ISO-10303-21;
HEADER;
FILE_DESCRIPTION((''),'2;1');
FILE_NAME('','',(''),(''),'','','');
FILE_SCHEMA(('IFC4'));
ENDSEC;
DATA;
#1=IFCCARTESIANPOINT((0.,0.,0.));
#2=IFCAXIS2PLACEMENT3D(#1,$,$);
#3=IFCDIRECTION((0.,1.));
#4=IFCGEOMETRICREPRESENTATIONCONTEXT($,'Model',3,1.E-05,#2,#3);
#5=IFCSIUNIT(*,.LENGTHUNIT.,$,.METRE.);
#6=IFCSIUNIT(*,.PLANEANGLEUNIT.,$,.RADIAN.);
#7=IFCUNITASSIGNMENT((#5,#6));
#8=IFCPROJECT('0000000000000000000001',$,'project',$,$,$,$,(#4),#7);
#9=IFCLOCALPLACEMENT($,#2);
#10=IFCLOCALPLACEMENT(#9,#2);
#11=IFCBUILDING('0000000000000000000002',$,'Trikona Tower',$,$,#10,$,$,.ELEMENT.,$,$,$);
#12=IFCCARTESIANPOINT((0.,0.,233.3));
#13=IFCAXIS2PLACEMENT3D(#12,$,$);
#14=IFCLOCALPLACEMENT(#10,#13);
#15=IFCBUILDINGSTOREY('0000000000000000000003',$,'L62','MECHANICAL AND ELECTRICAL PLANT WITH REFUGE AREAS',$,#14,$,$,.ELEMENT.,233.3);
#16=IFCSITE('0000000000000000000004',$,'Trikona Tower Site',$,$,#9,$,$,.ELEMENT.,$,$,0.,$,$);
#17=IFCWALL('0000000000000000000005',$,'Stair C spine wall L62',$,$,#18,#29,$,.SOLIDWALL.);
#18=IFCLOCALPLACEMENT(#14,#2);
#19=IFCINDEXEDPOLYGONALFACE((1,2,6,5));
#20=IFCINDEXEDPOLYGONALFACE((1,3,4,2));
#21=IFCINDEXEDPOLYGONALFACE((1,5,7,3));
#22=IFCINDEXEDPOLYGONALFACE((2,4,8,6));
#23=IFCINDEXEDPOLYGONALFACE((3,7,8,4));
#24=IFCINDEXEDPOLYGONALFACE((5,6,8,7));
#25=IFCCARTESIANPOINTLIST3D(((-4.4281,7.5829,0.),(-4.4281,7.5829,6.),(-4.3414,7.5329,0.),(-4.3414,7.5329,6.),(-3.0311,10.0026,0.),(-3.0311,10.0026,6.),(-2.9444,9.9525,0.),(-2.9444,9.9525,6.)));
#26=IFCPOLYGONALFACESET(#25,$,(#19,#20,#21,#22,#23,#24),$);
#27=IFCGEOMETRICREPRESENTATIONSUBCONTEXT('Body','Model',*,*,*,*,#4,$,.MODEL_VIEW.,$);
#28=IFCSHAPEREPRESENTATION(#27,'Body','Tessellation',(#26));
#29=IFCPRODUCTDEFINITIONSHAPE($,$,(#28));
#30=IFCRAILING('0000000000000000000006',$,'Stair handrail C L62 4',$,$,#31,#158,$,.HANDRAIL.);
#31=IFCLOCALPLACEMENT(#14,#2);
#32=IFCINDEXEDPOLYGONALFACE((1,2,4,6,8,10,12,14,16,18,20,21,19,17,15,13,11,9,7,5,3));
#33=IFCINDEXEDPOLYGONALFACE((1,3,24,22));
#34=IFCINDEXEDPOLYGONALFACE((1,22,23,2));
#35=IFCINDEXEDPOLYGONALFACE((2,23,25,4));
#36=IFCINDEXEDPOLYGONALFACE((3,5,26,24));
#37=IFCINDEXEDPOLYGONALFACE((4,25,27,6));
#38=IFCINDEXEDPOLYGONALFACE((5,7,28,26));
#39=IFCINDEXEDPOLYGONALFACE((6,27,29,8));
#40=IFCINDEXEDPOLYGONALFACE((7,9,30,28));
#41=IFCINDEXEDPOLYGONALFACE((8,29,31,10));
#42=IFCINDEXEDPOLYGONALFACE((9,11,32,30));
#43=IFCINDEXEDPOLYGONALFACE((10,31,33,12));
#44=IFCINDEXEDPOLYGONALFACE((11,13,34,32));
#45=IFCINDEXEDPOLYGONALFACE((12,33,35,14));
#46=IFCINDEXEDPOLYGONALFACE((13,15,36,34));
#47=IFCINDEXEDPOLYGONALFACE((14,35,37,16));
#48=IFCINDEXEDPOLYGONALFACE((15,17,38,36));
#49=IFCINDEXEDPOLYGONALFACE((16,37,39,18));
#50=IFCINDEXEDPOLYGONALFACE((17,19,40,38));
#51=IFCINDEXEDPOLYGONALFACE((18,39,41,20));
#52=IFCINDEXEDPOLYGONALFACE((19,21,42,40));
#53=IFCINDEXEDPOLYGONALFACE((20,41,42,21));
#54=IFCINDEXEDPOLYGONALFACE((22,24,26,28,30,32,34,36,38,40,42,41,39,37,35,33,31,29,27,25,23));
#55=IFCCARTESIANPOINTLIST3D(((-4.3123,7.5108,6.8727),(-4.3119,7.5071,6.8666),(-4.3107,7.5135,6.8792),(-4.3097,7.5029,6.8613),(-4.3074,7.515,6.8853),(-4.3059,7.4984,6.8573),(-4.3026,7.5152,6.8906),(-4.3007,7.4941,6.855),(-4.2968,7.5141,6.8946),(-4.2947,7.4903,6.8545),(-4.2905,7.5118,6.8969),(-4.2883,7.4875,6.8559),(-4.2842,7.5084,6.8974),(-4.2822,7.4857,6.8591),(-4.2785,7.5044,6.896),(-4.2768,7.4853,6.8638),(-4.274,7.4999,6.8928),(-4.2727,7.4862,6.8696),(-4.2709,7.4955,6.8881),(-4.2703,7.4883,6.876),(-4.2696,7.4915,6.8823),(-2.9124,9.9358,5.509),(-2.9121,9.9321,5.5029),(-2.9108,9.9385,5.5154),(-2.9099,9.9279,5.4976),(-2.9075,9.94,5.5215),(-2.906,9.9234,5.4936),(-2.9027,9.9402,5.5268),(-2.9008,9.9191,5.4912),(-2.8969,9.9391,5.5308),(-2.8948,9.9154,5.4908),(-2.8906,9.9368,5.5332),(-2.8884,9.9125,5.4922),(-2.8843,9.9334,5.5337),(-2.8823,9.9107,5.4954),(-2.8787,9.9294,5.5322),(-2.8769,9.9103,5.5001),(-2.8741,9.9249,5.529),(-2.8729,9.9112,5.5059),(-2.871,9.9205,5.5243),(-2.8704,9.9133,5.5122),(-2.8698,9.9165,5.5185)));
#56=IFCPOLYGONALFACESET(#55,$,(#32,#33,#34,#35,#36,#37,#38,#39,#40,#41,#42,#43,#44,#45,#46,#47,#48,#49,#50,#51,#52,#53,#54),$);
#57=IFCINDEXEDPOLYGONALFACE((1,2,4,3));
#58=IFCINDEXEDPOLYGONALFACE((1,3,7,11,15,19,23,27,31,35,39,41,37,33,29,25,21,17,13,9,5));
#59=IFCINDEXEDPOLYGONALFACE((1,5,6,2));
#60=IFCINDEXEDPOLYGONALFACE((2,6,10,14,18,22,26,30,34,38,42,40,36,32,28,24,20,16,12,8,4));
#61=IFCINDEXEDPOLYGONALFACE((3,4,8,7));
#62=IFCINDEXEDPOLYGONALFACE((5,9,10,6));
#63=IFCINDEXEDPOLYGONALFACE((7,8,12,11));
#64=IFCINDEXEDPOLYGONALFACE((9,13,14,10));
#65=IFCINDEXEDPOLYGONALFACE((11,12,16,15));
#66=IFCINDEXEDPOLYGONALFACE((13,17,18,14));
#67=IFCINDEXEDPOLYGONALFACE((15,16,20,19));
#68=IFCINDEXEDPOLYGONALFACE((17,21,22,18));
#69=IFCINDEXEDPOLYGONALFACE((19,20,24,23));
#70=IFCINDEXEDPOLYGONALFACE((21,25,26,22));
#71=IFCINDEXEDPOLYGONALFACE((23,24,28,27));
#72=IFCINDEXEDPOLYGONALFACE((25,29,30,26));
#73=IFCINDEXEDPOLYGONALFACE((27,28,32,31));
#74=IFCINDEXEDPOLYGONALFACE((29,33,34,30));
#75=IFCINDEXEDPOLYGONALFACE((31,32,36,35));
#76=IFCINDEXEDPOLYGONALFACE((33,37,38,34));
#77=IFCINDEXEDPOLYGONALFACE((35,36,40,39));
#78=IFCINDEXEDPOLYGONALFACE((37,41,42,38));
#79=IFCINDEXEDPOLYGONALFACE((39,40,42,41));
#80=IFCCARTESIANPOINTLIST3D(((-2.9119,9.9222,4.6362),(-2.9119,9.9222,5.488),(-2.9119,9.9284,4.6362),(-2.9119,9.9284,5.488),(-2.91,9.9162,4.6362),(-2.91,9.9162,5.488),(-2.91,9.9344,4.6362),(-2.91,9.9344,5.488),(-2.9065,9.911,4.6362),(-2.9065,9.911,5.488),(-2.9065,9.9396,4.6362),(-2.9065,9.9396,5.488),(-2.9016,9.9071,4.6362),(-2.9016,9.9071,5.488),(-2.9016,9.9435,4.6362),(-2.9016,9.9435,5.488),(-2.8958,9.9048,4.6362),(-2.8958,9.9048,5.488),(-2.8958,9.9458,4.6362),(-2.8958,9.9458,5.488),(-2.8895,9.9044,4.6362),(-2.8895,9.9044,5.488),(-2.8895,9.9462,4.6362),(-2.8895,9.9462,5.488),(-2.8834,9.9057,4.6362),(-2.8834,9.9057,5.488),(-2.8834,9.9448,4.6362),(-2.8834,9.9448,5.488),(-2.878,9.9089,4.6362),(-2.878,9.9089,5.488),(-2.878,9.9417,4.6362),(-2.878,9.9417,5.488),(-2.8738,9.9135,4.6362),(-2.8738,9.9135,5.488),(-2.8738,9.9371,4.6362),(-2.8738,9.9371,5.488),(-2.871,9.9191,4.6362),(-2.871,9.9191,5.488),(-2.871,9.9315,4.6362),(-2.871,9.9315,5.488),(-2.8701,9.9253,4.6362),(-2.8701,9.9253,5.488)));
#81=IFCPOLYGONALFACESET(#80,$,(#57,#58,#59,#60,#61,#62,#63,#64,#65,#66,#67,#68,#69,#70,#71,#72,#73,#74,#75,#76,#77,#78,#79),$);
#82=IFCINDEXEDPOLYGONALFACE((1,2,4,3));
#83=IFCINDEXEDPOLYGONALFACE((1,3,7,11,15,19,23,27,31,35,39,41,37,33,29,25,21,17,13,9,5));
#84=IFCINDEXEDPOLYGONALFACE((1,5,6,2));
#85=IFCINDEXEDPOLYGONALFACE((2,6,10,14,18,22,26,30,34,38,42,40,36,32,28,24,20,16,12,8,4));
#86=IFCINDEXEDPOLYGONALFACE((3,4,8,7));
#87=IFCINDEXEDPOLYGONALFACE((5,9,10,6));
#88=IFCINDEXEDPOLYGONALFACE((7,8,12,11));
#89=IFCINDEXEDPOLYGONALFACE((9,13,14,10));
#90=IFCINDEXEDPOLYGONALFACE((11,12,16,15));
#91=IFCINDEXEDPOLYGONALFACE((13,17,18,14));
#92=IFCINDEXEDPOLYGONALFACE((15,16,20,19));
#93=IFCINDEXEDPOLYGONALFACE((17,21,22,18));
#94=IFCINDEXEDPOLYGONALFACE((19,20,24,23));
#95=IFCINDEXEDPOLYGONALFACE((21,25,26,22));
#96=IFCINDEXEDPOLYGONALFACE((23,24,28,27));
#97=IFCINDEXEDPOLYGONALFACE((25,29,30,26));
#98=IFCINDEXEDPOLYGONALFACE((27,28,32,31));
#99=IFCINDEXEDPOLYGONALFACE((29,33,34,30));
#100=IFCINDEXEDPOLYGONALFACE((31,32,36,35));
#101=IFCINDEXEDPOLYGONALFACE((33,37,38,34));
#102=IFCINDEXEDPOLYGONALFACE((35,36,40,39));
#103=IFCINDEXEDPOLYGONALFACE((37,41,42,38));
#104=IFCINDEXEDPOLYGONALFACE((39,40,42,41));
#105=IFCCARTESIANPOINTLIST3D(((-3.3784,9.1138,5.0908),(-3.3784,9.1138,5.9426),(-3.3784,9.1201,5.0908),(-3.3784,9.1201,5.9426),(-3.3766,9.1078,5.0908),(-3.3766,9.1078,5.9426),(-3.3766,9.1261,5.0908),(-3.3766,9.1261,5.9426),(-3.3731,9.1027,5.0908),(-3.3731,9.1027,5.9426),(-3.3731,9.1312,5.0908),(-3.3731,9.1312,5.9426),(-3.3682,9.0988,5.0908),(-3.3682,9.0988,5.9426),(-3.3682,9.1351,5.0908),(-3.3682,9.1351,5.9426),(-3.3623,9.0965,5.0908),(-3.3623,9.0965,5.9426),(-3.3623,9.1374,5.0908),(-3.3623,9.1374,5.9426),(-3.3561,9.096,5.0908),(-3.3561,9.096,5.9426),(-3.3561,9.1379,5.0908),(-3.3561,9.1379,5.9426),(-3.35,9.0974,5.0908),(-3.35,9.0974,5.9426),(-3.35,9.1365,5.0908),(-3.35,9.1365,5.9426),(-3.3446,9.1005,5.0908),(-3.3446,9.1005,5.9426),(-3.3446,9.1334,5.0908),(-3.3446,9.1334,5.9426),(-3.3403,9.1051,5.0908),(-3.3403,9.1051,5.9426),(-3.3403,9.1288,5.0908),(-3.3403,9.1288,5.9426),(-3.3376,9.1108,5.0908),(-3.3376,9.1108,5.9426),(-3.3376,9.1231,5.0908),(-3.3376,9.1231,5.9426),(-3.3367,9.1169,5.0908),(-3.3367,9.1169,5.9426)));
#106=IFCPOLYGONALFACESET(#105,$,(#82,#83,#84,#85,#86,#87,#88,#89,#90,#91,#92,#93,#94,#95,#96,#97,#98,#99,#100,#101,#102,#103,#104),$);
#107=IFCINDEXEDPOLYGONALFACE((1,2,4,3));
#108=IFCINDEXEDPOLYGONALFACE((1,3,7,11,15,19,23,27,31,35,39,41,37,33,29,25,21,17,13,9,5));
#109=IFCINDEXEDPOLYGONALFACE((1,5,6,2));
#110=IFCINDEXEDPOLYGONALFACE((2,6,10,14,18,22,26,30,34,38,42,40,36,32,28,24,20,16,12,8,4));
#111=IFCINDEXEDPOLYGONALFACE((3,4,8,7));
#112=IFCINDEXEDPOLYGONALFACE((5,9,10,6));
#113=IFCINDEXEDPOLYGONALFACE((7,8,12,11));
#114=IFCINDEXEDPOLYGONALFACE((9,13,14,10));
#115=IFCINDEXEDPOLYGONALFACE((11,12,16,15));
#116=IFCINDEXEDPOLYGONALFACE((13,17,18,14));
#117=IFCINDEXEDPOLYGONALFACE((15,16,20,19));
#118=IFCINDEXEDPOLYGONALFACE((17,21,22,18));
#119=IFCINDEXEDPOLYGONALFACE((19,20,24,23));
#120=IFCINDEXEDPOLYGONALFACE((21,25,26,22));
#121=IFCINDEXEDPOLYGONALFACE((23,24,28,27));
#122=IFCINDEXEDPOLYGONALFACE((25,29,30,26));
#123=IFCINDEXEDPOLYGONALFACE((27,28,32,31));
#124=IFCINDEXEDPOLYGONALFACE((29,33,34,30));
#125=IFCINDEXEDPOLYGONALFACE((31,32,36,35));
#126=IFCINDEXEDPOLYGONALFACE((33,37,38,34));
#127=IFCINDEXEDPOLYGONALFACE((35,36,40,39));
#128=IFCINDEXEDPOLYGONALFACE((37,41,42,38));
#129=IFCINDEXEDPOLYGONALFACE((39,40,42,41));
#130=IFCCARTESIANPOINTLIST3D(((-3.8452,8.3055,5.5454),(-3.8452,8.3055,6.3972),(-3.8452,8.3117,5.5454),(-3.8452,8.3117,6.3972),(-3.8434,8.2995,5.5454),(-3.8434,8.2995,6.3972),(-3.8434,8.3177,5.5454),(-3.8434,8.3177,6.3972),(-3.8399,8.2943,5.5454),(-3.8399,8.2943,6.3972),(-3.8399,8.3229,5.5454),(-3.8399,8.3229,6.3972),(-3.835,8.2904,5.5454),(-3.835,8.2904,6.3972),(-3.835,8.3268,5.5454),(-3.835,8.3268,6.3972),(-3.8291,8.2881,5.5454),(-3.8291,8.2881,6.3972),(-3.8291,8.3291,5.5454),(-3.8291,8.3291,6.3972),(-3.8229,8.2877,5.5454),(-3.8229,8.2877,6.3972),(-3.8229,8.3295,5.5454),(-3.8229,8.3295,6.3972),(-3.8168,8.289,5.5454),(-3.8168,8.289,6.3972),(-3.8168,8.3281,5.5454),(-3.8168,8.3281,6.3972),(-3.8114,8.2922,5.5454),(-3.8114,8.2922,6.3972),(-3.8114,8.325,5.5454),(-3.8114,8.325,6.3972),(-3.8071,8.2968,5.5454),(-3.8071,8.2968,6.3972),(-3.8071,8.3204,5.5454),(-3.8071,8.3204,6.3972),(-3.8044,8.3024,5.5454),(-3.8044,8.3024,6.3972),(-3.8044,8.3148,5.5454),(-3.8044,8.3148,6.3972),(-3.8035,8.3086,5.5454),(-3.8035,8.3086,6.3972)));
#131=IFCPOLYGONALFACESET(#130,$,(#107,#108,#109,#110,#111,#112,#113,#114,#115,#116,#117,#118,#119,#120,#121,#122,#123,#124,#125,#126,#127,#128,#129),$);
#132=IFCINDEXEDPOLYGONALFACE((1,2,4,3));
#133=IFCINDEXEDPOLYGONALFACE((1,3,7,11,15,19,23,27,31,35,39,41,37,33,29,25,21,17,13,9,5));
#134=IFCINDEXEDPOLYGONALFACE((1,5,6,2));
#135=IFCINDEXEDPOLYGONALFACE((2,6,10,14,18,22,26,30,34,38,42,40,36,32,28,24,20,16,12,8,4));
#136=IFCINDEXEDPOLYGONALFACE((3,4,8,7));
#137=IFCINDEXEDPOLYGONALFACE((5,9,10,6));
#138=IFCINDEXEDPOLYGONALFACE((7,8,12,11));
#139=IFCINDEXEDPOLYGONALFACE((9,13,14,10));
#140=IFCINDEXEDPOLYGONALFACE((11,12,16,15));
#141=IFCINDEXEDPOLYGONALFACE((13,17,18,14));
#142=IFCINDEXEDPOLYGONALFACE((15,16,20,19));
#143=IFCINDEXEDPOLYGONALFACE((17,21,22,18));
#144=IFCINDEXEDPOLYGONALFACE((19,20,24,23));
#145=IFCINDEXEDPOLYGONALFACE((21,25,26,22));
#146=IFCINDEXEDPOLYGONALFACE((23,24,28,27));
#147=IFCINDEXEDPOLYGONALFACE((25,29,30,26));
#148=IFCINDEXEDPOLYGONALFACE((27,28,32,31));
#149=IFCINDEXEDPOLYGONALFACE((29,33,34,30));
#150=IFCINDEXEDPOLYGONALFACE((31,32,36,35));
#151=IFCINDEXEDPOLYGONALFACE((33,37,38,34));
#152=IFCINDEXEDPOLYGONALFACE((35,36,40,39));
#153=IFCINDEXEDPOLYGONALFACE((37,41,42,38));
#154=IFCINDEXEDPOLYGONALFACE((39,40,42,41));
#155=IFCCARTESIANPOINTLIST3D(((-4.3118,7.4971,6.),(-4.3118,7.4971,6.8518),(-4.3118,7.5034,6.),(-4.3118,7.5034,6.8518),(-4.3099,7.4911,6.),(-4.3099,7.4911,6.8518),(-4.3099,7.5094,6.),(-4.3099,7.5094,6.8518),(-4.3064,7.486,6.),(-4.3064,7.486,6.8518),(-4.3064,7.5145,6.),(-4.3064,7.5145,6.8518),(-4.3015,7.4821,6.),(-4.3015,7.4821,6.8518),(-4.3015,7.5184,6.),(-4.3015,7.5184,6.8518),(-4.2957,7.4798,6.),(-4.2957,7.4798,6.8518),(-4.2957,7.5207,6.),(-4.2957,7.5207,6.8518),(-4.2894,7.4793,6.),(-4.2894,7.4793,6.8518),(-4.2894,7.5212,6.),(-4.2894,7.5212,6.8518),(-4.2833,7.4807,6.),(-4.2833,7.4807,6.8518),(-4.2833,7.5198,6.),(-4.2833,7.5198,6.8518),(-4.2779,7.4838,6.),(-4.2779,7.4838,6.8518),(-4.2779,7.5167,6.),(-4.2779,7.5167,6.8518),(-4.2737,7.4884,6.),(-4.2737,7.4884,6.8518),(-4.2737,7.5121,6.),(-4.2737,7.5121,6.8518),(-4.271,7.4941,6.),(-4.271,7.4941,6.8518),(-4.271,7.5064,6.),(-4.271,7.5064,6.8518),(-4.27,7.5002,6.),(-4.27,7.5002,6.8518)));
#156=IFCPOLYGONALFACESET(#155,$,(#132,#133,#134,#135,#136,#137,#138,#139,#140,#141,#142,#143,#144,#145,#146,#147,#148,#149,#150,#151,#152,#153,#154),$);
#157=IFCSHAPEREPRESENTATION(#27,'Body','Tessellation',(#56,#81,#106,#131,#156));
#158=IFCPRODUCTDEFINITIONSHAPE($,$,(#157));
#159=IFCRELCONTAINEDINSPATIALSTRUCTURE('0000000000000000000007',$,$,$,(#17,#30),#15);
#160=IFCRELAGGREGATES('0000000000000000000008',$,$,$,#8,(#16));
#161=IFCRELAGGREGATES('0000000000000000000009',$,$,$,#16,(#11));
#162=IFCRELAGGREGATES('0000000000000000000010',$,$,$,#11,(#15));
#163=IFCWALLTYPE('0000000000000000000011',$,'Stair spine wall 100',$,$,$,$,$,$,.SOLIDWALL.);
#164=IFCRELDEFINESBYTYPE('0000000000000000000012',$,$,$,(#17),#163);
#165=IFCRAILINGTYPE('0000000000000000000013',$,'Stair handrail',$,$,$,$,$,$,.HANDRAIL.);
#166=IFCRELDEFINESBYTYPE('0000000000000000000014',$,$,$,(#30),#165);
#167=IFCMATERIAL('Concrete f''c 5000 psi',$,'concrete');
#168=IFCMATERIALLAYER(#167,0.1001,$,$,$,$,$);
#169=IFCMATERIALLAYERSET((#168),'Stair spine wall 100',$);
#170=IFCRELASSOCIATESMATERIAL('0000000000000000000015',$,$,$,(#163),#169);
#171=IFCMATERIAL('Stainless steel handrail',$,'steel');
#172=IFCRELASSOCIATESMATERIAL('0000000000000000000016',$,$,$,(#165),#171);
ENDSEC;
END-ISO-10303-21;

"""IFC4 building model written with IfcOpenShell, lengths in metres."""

from ifc_helpers import new_model, si_unit, direction, frame, frame_2d, origin, origin_2d, place, context, subcontext, project, spatial, rectangle, circle, extrude, material, layer, layer_set, type_object, element, save


model = new_model("IFC4")

# Units and contexts
model_context = context("Model", 3, precision=1e-05, world=origin(), true_north=direction((0.0, 1.0)))
body_context = subcontext(model_context, "Body", "Model", "MODEL_VIEW")
ifc_project = project(units=[si_unit("LENGTHUNIT", "METRE"), si_unit("PLANEANGLEUNIT", "RADIAN")], contexts=[model_context])

# Site, building, storey
site_placement = place(None, origin())
site = spatial("IfcSite", under=ifc_project, at=site_placement, Name="Trikona Tower Site", CompositionType="ELEMENT", RefElevation=0.0)
building_placement = place(site_placement, origin())
building = spatial("IfcBuilding", under=site, at=building_placement, Name="Trikona Tower", CompositionType="ELEMENT")
storey_placement = place(building_placement, frame((0.0, 0.0, 233.3)))
storey = spatial("IfcBuildingStorey", under=building, at=storey_placement, Name="L62", Description="MECHANICAL AND ELECTRICAL PLANT WITH REFUGE AREAS", CompositionType="ELEMENT", Elevation=233.3)

# Wall
ifc_material_1 = material(Name="Concrete f'c 5000 psi", Category="concrete")
ifc_layer_1 = layer(ifc_material_1, 0.1001)
ifc_layer_set_1 = layer_set([ifc_layer_1], Name="Stair spine wall 100")
wall_type_1 = type_object("IfcWallType", Name="Stair spine wall 100", PredefinedType="SOLIDWALL", material=ifc_layer_set_1)
wall_1_placement = place(storey_placement, frame((-2.9878, 9.9775, 0.0), z_axis=(0.0, 0.0, 1.0), x_axis=(-0.499992, -0.86603, 0.0)))
element("IfcWall", 1, at=wall_1_placement, inside=storey, type_object=wall_type_1, Name="Stair C spine wall L62", PredefinedType="SOLIDWALL", context=body_context, shape_type="SweptSolid", body=[
    extrude(rectangle(XDim=2.7939, YDim=0.1001, at=frame_2d((1.397, 0.0))), origin(), (0.0, 0.0, 1.0), 6.0),
])

# Railing
ifc_material_2 = material(Name="Stainless steel handrail", Category="steel")
railing_type = type_object("IfcRailingType", Name="Stair handrail", PredefinedType="HANDRAIL", material=ifc_material_2)
railing_placement = place(storey_placement, frame((-2.8911, 9.9253, 4.6362)))
element("IfcRailing", 2, at=railing_placement, inside=storey, type_object=railing_type, Name="Stair handrail C L62 4", PredefinedType="HANDRAIL", context=body_context, shape_type="SweptSolid", body=[
    extrude(circle(Radius=0.0239, at=origin_2d()), frame((0.0, 0.0, 0.876), z_axis=(-0.449471, -0.778618, 0.43787), x_axis=(0.866056, -0.499946, 0.0)), (0.0, 0.0, 1.0), 3.1145),
    extrude(circle(Radius=0.021, at=origin_2d()), origin(), (0.0, 0.0, 1.0), 0.8518),
    extrude(circle(Radius=0.021, at=origin_2d()), frame((-0.4666, -0.8083, 0.4546)), (0.0, 0.0, 1.0), 0.8518),
    extrude(circle(Radius=0.021, at=origin_2d()), frame((-0.9333, -1.6167, 0.9092)), (0.0, 0.0, 1.0), 0.8518),
    extrude(circle(Radius=0.021, at=origin_2d()), frame((-1.3999, -2.425, 1.3638)), (0.0, 0.0, 1.0), 0.8518),
])

save(model, "model.ifc")
